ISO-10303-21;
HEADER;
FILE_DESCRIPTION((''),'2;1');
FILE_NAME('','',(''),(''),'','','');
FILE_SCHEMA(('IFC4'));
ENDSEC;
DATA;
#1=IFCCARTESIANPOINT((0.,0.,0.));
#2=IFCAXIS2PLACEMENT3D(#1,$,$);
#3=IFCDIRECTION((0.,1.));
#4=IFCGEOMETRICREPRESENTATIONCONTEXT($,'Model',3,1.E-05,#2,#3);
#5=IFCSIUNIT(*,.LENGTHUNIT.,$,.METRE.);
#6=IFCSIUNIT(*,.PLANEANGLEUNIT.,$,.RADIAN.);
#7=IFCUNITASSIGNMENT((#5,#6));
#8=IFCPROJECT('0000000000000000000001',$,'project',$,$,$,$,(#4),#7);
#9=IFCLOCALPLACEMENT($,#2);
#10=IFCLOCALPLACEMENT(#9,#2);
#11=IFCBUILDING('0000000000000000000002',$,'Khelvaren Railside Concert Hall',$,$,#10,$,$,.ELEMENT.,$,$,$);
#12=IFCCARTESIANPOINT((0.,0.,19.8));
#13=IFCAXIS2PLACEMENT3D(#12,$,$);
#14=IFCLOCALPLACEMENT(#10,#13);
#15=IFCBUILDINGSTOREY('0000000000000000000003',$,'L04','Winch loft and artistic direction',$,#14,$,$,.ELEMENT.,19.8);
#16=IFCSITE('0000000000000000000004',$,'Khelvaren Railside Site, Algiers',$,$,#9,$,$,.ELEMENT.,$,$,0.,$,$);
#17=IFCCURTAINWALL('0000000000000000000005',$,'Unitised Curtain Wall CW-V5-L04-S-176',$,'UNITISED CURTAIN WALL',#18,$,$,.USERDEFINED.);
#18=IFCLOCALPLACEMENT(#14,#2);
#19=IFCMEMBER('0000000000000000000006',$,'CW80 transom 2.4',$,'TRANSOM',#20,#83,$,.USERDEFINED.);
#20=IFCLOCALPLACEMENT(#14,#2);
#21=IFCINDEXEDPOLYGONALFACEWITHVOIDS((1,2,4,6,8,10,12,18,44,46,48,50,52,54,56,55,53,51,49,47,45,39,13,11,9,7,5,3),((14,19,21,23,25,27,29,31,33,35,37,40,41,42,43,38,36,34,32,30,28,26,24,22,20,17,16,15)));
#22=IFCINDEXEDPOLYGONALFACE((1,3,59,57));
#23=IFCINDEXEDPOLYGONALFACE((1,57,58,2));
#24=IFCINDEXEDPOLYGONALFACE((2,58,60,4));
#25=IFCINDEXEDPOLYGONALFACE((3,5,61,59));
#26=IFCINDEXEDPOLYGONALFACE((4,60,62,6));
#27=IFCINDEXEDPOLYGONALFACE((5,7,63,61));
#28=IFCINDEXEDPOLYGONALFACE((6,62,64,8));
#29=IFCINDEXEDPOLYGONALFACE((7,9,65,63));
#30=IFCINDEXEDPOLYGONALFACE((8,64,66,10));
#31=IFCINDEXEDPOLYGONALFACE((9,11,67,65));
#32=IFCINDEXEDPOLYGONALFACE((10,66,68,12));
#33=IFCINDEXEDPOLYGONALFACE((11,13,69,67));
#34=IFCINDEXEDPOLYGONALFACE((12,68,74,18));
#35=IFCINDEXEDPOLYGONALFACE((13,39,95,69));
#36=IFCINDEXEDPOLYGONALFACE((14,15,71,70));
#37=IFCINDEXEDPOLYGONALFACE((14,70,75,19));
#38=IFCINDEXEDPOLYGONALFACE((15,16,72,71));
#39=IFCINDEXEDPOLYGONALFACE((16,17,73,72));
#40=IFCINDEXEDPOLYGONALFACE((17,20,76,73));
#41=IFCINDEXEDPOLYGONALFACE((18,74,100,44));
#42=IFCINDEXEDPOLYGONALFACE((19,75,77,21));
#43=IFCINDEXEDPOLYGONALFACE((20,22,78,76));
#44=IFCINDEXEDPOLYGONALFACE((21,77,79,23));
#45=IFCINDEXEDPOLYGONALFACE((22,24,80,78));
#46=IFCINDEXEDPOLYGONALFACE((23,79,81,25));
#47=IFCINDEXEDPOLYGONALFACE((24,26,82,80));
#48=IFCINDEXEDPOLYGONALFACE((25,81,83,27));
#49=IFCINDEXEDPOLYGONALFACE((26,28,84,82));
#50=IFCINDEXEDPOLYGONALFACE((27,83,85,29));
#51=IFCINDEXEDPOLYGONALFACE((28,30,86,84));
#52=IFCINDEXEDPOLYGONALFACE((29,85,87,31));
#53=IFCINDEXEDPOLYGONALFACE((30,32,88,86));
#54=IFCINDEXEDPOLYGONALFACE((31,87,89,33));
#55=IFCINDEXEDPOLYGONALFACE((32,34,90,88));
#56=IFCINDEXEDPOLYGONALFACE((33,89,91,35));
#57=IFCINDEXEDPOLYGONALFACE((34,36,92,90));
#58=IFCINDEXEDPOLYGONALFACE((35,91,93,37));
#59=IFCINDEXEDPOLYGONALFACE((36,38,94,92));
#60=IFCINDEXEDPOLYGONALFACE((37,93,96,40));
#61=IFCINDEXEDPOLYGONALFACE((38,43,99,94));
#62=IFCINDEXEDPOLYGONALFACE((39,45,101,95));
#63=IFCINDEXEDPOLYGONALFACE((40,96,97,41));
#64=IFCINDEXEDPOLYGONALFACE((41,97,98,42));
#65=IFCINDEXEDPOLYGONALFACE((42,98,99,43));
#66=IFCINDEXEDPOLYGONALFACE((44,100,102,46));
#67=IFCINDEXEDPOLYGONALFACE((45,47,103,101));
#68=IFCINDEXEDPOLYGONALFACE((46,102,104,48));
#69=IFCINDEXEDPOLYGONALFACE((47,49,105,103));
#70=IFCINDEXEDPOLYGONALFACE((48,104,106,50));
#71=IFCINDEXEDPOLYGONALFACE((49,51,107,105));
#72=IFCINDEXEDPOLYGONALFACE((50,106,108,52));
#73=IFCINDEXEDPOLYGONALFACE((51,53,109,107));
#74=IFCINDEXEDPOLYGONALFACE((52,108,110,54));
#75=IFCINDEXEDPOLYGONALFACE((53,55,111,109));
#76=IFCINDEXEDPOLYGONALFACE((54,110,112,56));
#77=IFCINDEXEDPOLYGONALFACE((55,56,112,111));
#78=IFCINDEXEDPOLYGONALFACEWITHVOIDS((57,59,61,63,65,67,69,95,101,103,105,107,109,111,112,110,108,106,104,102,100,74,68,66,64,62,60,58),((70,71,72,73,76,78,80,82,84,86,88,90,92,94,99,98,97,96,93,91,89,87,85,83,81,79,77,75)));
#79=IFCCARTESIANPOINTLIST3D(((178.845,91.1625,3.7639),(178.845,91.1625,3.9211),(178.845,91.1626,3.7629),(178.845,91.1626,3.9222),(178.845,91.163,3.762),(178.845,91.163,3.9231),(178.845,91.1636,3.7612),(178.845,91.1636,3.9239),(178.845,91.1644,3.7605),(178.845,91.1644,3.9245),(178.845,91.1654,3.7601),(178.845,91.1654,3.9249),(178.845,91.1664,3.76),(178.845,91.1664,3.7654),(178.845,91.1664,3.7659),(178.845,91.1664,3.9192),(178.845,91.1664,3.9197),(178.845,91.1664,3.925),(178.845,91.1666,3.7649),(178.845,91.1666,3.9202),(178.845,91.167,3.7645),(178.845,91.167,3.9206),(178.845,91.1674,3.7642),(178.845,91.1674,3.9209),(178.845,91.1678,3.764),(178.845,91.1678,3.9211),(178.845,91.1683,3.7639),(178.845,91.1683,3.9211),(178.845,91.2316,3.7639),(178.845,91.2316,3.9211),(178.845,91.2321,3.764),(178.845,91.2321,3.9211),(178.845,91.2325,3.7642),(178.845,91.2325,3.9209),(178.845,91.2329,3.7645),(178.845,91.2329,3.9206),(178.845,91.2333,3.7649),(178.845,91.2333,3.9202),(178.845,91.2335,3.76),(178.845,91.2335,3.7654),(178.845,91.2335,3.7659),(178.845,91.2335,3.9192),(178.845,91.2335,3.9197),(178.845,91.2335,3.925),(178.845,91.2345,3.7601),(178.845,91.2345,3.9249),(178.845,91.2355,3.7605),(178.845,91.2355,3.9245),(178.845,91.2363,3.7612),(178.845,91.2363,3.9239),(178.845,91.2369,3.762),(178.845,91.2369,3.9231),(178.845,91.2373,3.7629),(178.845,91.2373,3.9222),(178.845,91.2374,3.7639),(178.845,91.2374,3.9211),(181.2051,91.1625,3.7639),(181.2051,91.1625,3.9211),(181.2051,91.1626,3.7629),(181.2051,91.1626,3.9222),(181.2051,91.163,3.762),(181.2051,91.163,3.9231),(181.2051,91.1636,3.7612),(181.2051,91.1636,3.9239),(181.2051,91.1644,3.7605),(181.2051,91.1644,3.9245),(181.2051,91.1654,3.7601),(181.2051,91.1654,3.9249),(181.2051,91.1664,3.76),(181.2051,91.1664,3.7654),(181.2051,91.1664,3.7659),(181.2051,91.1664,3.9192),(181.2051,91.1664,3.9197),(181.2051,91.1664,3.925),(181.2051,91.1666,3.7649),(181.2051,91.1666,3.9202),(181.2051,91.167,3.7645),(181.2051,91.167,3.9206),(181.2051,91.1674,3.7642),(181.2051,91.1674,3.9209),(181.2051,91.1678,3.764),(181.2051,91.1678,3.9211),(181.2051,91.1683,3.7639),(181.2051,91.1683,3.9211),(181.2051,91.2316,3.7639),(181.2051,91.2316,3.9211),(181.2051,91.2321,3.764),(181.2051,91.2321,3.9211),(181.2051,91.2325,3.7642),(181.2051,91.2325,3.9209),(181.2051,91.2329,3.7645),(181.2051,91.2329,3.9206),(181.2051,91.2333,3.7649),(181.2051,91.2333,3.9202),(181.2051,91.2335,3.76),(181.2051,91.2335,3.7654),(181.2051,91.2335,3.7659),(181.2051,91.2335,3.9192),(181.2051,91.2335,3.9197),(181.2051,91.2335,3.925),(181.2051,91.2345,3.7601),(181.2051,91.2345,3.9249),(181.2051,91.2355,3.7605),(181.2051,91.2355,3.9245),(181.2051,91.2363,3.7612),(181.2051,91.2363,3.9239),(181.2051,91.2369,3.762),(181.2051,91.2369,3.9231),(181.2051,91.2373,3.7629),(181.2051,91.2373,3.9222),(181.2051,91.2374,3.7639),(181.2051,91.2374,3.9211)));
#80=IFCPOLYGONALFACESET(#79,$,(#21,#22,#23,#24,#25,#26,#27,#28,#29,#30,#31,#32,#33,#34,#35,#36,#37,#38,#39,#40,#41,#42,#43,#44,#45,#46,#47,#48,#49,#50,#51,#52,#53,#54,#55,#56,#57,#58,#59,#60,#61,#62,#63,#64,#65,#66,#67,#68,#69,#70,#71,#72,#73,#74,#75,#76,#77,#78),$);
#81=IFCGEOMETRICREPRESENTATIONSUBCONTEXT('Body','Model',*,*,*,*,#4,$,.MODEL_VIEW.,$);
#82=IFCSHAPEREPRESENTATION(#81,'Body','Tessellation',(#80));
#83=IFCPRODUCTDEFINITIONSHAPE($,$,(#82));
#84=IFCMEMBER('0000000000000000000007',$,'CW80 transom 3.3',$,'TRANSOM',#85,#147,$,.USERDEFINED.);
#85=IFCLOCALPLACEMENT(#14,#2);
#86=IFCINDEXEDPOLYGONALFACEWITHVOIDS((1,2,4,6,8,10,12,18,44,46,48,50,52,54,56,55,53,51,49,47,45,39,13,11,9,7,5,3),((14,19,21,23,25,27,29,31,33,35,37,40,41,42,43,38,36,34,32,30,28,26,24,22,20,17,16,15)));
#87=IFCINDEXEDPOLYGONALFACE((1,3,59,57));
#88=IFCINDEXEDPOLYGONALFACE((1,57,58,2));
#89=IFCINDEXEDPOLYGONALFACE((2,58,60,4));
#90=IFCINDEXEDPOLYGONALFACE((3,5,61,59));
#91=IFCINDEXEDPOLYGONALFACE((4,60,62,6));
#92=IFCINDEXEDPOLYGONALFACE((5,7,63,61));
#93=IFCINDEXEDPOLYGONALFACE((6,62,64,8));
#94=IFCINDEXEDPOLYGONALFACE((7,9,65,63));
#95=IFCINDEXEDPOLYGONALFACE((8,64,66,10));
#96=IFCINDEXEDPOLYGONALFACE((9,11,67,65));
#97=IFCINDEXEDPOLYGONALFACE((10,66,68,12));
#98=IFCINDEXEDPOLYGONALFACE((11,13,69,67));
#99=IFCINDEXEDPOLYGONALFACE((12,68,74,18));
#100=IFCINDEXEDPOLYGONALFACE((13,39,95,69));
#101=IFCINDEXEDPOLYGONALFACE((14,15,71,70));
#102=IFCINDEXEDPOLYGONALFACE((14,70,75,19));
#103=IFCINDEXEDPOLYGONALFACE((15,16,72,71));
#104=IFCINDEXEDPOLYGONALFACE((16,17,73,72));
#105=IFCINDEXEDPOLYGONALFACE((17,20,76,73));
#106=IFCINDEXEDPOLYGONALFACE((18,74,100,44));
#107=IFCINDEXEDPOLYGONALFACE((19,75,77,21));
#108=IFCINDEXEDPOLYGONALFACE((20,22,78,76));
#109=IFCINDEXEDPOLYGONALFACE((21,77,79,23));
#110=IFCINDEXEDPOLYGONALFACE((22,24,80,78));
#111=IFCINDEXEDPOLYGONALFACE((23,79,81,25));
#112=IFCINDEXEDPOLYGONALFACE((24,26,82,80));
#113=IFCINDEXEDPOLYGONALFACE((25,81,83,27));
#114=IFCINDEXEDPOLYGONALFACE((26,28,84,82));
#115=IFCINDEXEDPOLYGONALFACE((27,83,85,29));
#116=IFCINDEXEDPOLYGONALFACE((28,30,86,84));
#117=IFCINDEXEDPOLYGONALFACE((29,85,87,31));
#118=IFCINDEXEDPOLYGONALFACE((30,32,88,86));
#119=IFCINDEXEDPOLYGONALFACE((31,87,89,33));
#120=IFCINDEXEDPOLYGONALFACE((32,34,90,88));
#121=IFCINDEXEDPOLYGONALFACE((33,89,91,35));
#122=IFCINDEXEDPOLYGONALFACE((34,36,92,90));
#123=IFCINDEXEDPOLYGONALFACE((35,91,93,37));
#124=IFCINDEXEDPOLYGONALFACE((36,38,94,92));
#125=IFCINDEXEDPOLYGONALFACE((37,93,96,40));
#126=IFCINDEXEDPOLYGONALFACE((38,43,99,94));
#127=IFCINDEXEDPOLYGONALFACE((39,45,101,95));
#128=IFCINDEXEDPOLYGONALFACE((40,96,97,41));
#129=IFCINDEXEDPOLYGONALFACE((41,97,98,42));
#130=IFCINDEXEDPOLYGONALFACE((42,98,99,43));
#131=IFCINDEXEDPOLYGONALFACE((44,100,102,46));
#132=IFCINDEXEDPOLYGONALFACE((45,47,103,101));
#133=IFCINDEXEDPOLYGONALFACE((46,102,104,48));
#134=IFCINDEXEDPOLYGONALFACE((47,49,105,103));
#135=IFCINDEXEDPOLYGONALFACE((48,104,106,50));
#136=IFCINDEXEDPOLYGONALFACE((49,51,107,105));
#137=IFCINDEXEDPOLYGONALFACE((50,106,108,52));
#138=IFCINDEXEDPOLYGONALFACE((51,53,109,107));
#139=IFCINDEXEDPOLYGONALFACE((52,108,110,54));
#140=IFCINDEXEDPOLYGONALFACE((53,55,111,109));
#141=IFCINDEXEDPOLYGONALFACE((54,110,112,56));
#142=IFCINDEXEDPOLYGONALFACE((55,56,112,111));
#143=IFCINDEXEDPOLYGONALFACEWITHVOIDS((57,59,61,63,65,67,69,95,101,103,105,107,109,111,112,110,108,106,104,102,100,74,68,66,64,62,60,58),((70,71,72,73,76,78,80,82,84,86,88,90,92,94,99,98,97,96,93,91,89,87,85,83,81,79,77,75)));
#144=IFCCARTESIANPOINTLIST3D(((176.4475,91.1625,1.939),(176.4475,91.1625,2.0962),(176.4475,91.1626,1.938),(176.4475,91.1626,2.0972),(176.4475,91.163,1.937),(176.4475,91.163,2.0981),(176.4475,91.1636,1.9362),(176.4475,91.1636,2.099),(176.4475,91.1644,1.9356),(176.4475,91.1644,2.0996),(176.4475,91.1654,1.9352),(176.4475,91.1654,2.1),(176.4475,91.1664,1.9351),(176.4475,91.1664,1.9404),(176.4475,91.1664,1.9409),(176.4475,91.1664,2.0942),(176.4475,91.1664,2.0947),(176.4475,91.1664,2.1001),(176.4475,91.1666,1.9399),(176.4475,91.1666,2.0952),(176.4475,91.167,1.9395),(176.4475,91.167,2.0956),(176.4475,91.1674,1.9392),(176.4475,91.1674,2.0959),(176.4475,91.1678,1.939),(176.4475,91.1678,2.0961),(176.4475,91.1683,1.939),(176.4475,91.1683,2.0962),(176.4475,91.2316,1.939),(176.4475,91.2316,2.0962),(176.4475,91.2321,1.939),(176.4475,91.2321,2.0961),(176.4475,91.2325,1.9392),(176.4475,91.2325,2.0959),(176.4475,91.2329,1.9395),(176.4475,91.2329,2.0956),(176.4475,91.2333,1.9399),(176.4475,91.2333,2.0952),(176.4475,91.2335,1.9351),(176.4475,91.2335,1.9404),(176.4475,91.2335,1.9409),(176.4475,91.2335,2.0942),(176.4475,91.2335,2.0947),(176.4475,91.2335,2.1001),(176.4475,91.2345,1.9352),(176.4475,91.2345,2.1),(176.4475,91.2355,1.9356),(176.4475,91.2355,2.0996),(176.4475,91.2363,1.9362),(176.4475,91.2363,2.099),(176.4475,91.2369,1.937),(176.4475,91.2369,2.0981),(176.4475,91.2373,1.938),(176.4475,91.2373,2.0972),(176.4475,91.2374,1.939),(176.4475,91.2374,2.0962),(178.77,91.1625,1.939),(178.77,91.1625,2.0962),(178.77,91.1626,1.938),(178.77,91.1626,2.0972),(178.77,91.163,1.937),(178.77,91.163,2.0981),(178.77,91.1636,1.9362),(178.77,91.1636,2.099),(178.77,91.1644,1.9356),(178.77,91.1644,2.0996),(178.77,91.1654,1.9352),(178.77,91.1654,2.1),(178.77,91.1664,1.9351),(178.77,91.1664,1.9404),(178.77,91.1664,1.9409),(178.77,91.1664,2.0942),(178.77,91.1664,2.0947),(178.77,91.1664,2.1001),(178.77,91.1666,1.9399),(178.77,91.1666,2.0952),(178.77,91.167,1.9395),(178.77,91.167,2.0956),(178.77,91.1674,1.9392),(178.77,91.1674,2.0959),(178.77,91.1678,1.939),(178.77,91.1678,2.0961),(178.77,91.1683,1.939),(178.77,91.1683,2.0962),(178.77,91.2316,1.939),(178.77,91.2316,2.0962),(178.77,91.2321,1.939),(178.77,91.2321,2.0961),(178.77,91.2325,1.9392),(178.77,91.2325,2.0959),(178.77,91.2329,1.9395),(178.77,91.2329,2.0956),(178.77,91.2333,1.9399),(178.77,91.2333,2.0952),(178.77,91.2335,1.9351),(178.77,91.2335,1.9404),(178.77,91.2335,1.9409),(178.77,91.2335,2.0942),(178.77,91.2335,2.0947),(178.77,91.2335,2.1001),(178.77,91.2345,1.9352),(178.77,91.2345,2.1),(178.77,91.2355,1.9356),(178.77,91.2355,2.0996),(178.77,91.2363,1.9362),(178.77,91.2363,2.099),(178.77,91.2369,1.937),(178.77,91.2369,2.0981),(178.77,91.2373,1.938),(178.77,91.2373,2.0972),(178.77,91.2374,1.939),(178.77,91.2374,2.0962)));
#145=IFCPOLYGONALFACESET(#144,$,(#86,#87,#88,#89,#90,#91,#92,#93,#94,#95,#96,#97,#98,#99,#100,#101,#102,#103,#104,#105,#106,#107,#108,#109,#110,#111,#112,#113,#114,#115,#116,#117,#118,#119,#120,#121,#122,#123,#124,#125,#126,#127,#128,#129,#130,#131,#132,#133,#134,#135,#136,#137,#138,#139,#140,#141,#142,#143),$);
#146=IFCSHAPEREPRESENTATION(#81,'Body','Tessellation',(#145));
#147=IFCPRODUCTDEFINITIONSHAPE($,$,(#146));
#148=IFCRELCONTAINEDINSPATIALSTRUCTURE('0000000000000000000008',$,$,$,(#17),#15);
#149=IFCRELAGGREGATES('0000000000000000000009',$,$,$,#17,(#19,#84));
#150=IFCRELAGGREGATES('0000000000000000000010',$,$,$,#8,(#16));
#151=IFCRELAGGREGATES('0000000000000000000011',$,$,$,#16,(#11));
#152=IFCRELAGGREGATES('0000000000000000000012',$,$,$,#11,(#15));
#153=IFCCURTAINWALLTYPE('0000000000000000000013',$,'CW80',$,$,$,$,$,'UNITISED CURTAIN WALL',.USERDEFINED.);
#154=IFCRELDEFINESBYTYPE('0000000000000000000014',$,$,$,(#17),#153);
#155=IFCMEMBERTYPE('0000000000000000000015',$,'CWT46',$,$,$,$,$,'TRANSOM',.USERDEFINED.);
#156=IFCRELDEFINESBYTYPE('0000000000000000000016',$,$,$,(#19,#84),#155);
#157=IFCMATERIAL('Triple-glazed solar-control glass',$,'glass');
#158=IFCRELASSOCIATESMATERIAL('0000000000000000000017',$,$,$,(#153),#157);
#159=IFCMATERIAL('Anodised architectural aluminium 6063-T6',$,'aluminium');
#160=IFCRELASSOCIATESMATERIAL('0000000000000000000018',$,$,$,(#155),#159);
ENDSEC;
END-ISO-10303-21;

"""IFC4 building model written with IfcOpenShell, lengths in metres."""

from ifc_helpers import new_model, si_unit, direction, frame, origin, origin_2d, place, context, subcontext, project, spatial, hollow_rectangle, extrude, material, material_profile, profile_set, type_object, element, aggregate, save


model = new_model("IFC4")

# Units and contexts
model_context = context("Model", 3, precision=1e-05, world=origin(), true_north=direction((0.0, 1.0)))
body_context = subcontext(model_context, "Body", "Model", "MODEL_VIEW")
ifc_project = project(units=[si_unit("LENGTHUNIT", "METRE"), si_unit("PLANEANGLEUNIT", "RADIAN")], contexts=[model_context])

# Site, building, storey
site_placement = place(None, origin())
site = spatial("IfcSite", under=ifc_project, at=site_placement, Name="Khelvaren Railside Site, Algiers", CompositionType="ELEMENT", RefElevation=0.0)
building_placement = place(site_placement, origin())
building = spatial("IfcBuilding", under=site, at=building_placement, Name="Khelvaren Railside Concert Hall", CompositionType="ELEMENT")
storey_placement = place(building_placement, frame((0.0, 0.0, 19.8)))
storey = spatial("IfcBuildingStorey", under=building, at=storey_placement, Name="L04", Description="Winch loft and artistic direction", CompositionType="ELEMENT", Elevation=19.8)

# Curtain wall
ifc_material_1 = material(Name="Triple-glazed solar-control glass", Category="glass")
curtain_wall_type_1 = type_object("IfcCurtainWallType", Name="CW80", ElementType="UNITISED CURTAIN WALL", PredefinedType="USERDEFINED", material=ifc_material_1)
curtain_wall_1_placement = place(storey_placement, origin())
curtain_wall_1 = element("IfcCurtainWall", 1, at=curtain_wall_1_placement, inside=storey, type_object=curtain_wall_type_1, Name="Unitised Curtain Wall CW-V5-L04-S-176", ObjectType="UNITISED CURTAIN WALL", PredefinedType="USERDEFINED")
ifc_material_2 = material(Name="Anodised architectural aluminium 6063-T6", Category="aluminium")

# Members
ifc_material_profile_1 = material_profile(ifc_material_2, hollow_rectangle(XDim=0.075, YDim=0.165, WallThickness=0.0039, InnerFilletRadius=0.002, OuterFilletRadius=0.0039, at=origin_2d()), Name="CWT 75x165x4")
ifc_profile_set_1 = profile_set([ifc_material_profile_1], Name="Anodised architectural aluminium 6063-T6")
member_type_1 = type_object("IfcMemberType", Name="CWT46", ElementType="TRANSOM", PredefinedType="USERDEFINED", material=ifc_profile_set_1)
member_1_placement = place(storey_placement, frame((181.2051, 91.2, 3.8425), z_axis=(-1.0, 0.0, 0.0), x_axis=(0.0, -1.0, 0.0)))
member_1 = element("IfcMember", 2, at=member_1_placement, type_object=member_type_1, Name="CW80 transom 2.4", ObjectType="TRANSOM", PredefinedType="USERDEFINED", context=body_context, shape_type="SweptSolid", body=[
    extrude(hollow_rectangle(XDim=0.075, YDim=0.165, WallThickness=0.0039, InnerFilletRadius=0.002, OuterFilletRadius=0.0039, at=origin_2d()), origin(), (0.0, 0.0, 1.0), 2.3601),
])
member_2_placement = place(storey_placement, frame((178.77, 91.2, 2.0176), z_axis=(-1.0, 0.0, 0.0), x_axis=(0.0, -1.0, 0.0)))
member_2 = element("IfcMember", 3, at=member_2_placement, type_object=member_type_1, Name="CW80 transom 3.3", ObjectType="TRANSOM", PredefinedType="USERDEFINED", context=body_context, shape_type="SweptSolid", body=[
    extrude(hollow_rectangle(XDim=0.075, YDim=0.165, WallThickness=0.0039, InnerFilletRadius=0.002, OuterFilletRadius=0.0039, at=origin_2d()), origin(), (0.0, 0.0, 1.0), 2.3225),
])

aggregate(curtain_wall_1, [member_1, member_2])

save(model, "model.ifc")
